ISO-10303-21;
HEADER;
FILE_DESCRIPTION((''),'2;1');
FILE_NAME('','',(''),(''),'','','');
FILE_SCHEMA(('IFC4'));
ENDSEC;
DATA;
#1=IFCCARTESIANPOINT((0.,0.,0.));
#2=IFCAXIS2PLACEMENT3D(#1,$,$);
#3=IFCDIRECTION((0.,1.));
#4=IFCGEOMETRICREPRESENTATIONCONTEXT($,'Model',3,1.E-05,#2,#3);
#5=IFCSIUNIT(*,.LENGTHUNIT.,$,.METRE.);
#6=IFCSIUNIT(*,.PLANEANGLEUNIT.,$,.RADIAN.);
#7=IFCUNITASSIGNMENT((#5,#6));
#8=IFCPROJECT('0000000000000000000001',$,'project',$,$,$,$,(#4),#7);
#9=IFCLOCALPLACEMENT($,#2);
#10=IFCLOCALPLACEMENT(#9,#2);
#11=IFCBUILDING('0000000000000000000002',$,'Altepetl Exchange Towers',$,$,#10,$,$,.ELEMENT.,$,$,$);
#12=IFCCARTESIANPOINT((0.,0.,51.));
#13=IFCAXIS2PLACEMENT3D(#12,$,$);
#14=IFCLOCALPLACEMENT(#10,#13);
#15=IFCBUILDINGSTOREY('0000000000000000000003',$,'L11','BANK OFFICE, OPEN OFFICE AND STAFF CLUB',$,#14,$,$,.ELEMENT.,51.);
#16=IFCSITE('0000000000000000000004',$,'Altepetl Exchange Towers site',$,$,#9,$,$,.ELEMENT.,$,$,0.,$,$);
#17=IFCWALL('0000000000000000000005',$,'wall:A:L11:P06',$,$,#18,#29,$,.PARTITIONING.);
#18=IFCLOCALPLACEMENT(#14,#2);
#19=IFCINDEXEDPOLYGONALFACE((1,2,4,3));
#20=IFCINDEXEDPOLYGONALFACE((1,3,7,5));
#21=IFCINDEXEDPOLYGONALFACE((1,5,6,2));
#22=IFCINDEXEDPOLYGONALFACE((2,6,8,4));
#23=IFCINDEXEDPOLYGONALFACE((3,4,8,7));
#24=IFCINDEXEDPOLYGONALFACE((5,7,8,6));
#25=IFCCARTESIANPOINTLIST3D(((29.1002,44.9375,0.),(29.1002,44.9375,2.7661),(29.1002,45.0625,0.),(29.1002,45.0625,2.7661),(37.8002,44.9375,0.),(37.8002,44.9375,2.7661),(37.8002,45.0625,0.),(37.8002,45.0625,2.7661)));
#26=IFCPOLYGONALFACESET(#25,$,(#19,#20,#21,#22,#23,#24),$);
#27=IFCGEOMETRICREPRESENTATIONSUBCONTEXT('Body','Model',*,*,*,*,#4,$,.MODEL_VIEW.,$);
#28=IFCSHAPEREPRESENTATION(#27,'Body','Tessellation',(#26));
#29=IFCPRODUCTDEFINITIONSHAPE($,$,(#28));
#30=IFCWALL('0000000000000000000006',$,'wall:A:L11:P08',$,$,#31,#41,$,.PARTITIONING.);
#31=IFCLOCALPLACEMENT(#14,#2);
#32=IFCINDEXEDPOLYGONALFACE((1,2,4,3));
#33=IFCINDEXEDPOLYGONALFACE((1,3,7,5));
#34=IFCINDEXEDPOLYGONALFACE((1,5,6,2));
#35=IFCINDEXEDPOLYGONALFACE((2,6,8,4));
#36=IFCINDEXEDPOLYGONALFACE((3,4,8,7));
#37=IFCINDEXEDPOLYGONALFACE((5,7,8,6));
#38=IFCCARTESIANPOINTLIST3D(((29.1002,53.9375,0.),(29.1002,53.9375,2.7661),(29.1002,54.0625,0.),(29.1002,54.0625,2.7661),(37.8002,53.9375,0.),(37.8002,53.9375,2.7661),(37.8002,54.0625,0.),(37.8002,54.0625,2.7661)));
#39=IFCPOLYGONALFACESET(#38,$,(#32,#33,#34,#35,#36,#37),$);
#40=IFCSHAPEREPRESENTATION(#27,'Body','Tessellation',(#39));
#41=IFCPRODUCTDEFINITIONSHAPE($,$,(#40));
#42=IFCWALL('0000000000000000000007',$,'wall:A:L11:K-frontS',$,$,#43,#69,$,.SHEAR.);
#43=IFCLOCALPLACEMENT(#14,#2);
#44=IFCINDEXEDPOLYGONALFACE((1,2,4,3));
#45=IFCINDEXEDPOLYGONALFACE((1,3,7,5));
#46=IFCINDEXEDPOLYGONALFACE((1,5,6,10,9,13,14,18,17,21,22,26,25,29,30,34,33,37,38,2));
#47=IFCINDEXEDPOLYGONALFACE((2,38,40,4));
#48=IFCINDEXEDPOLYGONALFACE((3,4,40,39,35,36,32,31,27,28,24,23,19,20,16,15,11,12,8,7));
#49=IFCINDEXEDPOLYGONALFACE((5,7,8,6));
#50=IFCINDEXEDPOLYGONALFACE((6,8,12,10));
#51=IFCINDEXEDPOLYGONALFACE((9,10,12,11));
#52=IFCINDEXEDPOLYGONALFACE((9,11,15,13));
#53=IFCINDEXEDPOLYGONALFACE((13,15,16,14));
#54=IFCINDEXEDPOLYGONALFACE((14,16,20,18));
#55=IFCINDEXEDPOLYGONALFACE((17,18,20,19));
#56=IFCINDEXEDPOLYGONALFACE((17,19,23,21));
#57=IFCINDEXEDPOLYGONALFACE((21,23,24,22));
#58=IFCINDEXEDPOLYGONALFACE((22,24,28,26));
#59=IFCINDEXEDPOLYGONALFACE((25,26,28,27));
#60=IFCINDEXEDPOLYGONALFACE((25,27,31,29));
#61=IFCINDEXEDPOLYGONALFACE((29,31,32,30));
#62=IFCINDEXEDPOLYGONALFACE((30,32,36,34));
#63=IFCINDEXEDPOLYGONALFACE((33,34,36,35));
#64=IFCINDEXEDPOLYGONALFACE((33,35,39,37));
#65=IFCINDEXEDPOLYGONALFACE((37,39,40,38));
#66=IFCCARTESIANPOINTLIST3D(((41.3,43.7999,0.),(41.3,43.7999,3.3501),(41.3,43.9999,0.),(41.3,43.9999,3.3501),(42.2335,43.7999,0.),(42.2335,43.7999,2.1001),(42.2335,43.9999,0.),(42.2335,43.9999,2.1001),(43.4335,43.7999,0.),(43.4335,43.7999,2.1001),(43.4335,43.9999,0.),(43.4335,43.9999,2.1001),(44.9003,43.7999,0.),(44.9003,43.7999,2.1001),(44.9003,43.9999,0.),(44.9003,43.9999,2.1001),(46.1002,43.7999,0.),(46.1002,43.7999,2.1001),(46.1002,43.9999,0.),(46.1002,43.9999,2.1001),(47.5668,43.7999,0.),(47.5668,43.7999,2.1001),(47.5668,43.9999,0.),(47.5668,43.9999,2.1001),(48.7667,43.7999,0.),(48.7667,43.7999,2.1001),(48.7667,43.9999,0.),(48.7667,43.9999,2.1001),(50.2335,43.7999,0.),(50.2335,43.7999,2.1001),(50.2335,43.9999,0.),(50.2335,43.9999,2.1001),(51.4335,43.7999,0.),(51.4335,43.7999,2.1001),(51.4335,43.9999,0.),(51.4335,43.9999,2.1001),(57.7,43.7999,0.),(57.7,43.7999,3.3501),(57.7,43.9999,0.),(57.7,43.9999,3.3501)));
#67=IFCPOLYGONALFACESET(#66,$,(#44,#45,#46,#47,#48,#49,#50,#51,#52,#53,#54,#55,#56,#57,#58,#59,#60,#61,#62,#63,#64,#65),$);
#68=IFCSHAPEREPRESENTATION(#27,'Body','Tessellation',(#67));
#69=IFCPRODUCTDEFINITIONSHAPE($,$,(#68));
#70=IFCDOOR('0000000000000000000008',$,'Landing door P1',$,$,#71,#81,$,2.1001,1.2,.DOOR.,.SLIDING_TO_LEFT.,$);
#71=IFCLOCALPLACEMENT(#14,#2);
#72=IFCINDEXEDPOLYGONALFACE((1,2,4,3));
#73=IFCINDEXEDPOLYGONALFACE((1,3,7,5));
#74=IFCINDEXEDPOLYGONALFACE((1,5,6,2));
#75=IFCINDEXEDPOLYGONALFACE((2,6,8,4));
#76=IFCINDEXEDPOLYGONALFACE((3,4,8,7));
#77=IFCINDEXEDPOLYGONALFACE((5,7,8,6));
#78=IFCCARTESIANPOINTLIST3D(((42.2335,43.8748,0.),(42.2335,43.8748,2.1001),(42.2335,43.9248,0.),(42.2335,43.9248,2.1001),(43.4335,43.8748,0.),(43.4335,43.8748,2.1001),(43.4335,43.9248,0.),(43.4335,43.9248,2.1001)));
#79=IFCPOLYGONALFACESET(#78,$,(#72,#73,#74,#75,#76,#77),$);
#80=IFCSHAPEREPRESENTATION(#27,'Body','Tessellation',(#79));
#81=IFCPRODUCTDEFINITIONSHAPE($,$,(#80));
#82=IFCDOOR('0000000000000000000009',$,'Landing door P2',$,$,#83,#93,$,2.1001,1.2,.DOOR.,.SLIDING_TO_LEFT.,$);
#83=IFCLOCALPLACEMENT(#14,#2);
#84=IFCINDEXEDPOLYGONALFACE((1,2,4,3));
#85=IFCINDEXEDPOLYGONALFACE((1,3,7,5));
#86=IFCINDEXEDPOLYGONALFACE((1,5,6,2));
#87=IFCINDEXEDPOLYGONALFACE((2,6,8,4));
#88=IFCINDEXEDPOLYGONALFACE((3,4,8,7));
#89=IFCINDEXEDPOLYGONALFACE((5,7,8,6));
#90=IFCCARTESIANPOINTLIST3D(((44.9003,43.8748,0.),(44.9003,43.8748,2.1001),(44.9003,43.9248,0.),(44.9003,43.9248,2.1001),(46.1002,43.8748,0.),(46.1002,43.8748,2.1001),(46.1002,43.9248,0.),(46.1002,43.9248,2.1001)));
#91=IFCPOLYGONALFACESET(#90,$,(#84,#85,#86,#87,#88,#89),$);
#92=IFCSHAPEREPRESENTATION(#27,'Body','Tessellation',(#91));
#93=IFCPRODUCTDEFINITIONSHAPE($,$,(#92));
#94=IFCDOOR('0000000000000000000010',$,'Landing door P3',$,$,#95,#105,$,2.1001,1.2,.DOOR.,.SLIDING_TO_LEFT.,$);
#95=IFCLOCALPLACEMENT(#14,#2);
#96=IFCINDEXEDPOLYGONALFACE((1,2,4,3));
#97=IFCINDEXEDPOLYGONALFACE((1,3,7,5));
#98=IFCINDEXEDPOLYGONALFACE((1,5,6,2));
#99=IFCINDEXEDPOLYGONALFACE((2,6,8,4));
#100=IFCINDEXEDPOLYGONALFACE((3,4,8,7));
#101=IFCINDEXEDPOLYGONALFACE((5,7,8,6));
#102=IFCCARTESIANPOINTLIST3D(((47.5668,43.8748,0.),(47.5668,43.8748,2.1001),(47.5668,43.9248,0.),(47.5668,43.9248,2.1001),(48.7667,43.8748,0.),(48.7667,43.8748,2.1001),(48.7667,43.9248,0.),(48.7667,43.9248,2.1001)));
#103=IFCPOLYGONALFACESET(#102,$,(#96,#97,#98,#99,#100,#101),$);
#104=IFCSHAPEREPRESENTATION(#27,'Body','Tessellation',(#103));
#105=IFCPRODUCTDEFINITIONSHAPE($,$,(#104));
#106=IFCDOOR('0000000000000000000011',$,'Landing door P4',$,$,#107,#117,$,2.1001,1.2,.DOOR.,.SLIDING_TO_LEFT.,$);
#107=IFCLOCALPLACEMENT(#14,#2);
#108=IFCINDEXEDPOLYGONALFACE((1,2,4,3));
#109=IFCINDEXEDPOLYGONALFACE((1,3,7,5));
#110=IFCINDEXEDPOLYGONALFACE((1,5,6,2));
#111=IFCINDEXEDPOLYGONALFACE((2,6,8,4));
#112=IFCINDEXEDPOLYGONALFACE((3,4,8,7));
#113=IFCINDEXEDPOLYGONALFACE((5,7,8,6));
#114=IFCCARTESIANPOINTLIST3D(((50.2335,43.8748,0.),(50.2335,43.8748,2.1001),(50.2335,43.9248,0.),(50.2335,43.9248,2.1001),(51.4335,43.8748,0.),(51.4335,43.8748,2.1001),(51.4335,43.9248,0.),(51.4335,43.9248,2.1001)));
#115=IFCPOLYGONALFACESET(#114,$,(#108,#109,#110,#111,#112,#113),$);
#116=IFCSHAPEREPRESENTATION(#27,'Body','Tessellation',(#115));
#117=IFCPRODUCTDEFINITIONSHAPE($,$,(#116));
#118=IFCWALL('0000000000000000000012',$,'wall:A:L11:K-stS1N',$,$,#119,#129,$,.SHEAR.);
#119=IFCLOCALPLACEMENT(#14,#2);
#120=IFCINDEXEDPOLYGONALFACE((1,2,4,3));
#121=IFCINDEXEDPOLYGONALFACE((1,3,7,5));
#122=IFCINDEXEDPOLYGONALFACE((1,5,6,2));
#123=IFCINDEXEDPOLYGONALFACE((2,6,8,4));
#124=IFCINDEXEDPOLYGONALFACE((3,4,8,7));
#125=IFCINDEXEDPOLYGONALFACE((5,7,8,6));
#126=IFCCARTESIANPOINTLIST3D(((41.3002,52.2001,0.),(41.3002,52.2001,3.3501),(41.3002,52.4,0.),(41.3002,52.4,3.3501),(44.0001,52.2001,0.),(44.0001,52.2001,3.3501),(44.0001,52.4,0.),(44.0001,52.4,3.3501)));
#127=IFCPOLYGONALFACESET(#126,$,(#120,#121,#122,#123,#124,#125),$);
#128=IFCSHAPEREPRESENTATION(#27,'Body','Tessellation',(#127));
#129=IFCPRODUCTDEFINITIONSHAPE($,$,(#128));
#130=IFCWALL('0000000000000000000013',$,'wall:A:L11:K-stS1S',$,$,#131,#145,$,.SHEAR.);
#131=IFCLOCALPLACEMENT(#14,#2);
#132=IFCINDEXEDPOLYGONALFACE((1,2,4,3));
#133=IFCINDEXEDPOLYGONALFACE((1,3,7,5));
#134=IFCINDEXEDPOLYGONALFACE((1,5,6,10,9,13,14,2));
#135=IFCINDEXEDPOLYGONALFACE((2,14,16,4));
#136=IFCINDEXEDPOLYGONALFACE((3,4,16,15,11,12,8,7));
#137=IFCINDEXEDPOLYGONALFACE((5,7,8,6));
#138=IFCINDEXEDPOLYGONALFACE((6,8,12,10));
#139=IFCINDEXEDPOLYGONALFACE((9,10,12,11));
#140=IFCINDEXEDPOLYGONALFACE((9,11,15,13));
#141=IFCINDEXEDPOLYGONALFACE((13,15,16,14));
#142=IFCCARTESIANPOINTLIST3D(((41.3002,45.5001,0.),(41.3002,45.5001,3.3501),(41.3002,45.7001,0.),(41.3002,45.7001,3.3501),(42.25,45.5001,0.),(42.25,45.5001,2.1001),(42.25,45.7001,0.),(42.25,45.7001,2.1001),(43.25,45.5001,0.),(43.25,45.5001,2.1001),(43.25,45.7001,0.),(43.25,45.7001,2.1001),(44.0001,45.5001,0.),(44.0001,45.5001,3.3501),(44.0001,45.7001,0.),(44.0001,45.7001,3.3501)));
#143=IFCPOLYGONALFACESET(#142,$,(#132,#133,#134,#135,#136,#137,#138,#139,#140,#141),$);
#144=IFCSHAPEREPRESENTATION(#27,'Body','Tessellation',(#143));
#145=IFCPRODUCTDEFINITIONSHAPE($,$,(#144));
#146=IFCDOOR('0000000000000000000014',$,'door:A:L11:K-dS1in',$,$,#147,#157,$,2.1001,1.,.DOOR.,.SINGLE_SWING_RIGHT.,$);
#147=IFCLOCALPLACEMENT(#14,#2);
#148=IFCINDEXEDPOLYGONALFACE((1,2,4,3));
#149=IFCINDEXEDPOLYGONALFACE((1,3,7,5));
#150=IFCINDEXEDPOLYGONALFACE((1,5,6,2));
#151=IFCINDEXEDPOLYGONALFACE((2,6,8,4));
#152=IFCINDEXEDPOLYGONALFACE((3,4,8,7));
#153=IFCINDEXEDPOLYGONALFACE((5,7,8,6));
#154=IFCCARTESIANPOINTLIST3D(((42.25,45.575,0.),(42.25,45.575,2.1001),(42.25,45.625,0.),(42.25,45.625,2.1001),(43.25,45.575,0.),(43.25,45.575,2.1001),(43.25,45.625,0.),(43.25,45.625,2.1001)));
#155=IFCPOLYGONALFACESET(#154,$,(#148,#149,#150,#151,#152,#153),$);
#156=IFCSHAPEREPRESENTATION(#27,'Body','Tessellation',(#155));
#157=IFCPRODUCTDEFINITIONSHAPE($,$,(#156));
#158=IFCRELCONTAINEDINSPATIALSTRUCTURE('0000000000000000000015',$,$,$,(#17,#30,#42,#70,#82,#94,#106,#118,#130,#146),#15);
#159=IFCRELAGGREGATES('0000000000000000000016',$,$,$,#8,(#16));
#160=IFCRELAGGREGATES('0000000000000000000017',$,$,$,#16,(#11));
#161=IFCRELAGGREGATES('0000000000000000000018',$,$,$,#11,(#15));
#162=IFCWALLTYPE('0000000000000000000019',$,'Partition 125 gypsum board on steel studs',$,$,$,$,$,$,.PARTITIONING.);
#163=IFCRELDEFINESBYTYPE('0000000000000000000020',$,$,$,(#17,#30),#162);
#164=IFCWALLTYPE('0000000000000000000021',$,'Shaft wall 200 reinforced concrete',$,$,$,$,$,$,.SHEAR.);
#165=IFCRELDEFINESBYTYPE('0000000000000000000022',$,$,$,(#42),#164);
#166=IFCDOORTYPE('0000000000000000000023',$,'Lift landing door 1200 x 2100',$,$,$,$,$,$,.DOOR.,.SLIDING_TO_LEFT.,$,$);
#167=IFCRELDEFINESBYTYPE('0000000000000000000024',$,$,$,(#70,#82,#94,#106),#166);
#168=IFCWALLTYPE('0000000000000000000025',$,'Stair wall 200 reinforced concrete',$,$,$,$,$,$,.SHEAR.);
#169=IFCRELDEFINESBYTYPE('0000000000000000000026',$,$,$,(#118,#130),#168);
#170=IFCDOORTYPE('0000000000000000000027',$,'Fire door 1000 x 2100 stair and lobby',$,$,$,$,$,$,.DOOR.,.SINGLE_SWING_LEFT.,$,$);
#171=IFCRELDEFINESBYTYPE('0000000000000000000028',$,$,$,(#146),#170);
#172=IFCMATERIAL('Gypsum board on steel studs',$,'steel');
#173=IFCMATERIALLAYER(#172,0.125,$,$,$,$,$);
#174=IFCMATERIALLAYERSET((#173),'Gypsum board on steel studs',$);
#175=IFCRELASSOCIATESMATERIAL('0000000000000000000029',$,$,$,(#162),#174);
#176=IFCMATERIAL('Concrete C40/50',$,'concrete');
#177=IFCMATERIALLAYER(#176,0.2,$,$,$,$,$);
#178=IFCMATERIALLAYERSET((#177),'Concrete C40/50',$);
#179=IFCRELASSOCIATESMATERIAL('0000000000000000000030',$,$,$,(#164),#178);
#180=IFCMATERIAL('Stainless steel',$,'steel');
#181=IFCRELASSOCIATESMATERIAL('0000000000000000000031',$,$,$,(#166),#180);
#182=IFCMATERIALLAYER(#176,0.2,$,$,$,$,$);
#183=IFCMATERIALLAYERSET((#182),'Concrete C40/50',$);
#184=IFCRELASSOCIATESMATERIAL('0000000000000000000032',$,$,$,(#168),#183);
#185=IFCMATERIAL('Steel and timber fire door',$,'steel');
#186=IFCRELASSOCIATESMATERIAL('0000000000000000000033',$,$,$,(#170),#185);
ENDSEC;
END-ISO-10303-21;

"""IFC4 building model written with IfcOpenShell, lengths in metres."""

from ifc_helpers import new_model, si_unit, direction, frame, frame_2d, origin, place, context, subcontext, project, spatial, rectangle, extrude, material, layer, layer_set, type_object, element, fill, save


model = new_model("IFC4")

# Units and contexts
model_context = context("Model", 3, precision=1e-05, world=origin(), true_north=direction((0.0, 1.0)))
body_context = subcontext(model_context, "Body", "Model", "MODEL_VIEW")
ifc_project = project(units=[si_unit("LENGTHUNIT", "METRE"), si_unit("PLANEANGLEUNIT", "RADIAN")], contexts=[model_context])

# Site, building, storey
site_placement = place(None, origin())
site = spatial("IfcSite", under=ifc_project, at=site_placement, Name="Altepetl Exchange Towers site", CompositionType="ELEMENT", RefElevation=0.0)
building_placement = place(site_placement, origin())
building = spatial("IfcBuilding", under=site, at=building_placement, Name="Altepetl Exchange Towers", CompositionType="ELEMENT")
storey_placement = place(building_placement, frame((0.0, 0.0, 51.0)))
storey = spatial("IfcBuildingStorey", under=building, at=storey_placement, Name="L11", Description="BANK OFFICE, OPEN OFFICE AND STAFF CLUB", CompositionType="ELEMENT", Elevation=51.0)

# Walls
ifc_material_1 = material(Name="Gypsum board on steel studs", Category="steel")
ifc_layer_1 = layer(ifc_material_1, 0.125)
ifc_layer_set_1 = layer_set([ifc_layer_1], Name="Gypsum board on steel studs")
wall_type_1 = type_object("IfcWallType", Name="Partition 125 gypsum board on steel studs", PredefinedType="PARTITIONING", material=ifc_layer_set_1)
for number, where, name in (
    (1, (29.1001, 45.0, 0.0), "wall:A:L11:P06"),
    (2, (29.1001, 54.0, 0.0), "wall:A:L11:P08"),
):
    element("IfcWall", number, at=place(storey_placement, frame(where)), inside=storey, type_object=wall_type_1, Name=name, PredefinedType="PARTITIONING", context=body_context, shape_type="SweptSolid", body=[
        extrude(rectangle(XDim=8.7, YDim=0.125, at=frame_2d((4.3501, 0.0))), origin(), (0.0, 0.0, 1.0), 2.7661),
    ])

# Wall, openings, doors
ifc_material_2 = material(Name="Concrete C40/50", Category="concrete")
ifc_layer_2 = layer(ifc_material_2, 0.2)
ifc_layer_set_2 = layer_set([ifc_layer_2], Name="Concrete C40/50")
wall_type_2 = type_object("IfcWallType", Name="Shaft wall 200 reinforced concrete", PredefinedType="SHEAR", material=ifc_layer_set_2)
wall_1_placement = place(storey_placement, frame((41.3, 43.8999, 0.0)))
wall_1 = element("IfcWall", 3, at=wall_1_placement, inside=storey, type_object=wall_type_2, Name="wall:A:L11:K-frontS", PredefinedType="SHEAR", context=body_context, shape_type="SweptSolid", body=[
    extrude(rectangle(XDim=16.3999, YDim=0.2, at=frame_2d((8.2, 0.0))), origin(), (0.0, 0.0, 1.0), 3.3501),
])
opening_1_placement = place(wall_1_placement, frame((0.9333, 0.0, 0.0)))
opening_1 = element("IfcOpeningElement", 4, at=opening_1_placement, cuts=wall_1, PredefinedType="OPENING", context=body_context, shape_type="SweptSolid", body=[
    extrude(rectangle(XDim=1.2, YDim=2.1001, at=frame_2d((0.6001, 1.05))), frame((0.0, 0.1099, 0.0), z_axis=(0.0, -1.0, 0.0), x_axis=(1.0, 0.0, 0.0)), (0.0, 0.0, 1.0), 0.22),
])
opening_2_placement = place(wall_1_placement, frame((3.6001, 0.0, 0.0)))
opening_2 = element("IfcOpeningElement", 5, at=opening_2_placement, cuts=wall_1, PredefinedType="OPENING", context=body_context, shape_type="SweptSolid", body=[
    extrude(rectangle(XDim=1.2, YDim=2.1001, at=frame_2d((0.6001, 1.05))), frame((0.0, 0.1099, 0.0), z_axis=(0.0, -1.0, 0.0), x_axis=(1.0, 0.0, 0.0)), (0.0, 0.0, 1.0), 0.22),
])
opening_3_placement = place(wall_1_placement, frame((6.2666, 0.0, 0.0)))
opening_3 = element("IfcOpeningElement", 6, at=opening_3_placement, cuts=wall_1, PredefinedType="OPENING", context=body_context, shape_type="SweptSolid", body=[
    extrude(rectangle(XDim=1.2, YDim=2.1001, at=frame_2d((0.6001, 1.05))), frame((0.0, 0.1099, 0.0), z_axis=(0.0, -1.0, 0.0), x_axis=(1.0, 0.0, 0.0)), (0.0, 0.0, 1.0), 0.22),
])
opening_4_placement = place(wall_1_placement, frame((8.9333, 0.0, 0.0)))
opening_4 = element("IfcOpeningElement", 7, at=opening_4_placement, cuts=wall_1, PredefinedType="OPENING", context=body_context, shape_type="SweptSolid", body=[
    extrude(rectangle(XDim=1.2, YDim=2.1001, at=frame_2d((0.6001, 1.05))), frame((0.0, 0.1099, 0.0), z_axis=(0.0, -1.0, 0.0), x_axis=(1.0, 0.0, 0.0)), (0.0, 0.0, 1.0), 0.22),
])
ifc_material_3 = material(Name="Stainless steel", Category="steel")
door_type_1 = type_object("IfcDoorType", Name="Lift landing door 1200 x 2100", OperationType="SLIDING_TO_LEFT", PredefinedType="DOOR", material=ifc_material_3)
door_1_placement = place(opening_1_placement, origin())
door_1 = element("IfcDoor", 8, at=door_1_placement, inside=storey, type_object=door_type_1, Name="Landing door P1", OperationType="SLIDING_TO_LEFT", OverallHeight=2.1001, OverallWidth=1.2, PredefinedType="DOOR", context=body_context, shape_type="SweptSolid", body=[
    extrude(rectangle(XDim=1.2, YDim=2.1001, at=frame_2d((0.6001, 1.05))), frame((0.0, 0.0249, 0.0), z_axis=(0.0, -1.0, 0.0), x_axis=(1.0, 0.0, 0.0)), (0.0, 0.0, 1.0), 0.05),
])
fill(opening_1, door_1)
door_2_placement = place(opening_2_placement, origin())
door_2 = element("IfcDoor", 9, at=door_2_placement, inside=storey, type_object=door_type_1, Name="Landing door P2", OperationType="SLIDING_TO_LEFT", OverallHeight=2.1001, OverallWidth=1.2, PredefinedType="DOOR", context=body_context, shape_type="SweptSolid", body=[
    extrude(rectangle(XDim=1.2, YDim=2.1001, at=frame_2d((0.6001, 1.05))), frame((0.0, 0.0249, 0.0), z_axis=(0.0, -1.0, 0.0), x_axis=(1.0, 0.0, 0.0)), (0.0, 0.0, 1.0), 0.05),
])
fill(opening_2, door_2)
door_3_placement = place(opening_3_placement, origin())
door_3 = element("IfcDoor", 10, at=door_3_placement, inside=storey, type_object=door_type_1, Name="Landing door P3", OperationType="SLIDING_TO_LEFT", OverallHeight=2.1001, OverallWidth=1.2, PredefinedType="DOOR", context=body_context, shape_type="SweptSolid", body=[
    extrude(rectangle(XDim=1.2, YDim=2.1001, at=frame_2d((0.6001, 1.05))), frame((0.0, 0.0249, 0.0), z_axis=(0.0, -1.0, 0.0), x_axis=(1.0, 0.0, 0.0)), (0.0, 0.0, 1.0), 0.05),
])
fill(opening_3, door_3)
door_4_placement = place(opening_4_placement, origin())
door_4 = element("IfcDoor", 11, at=door_4_placement, inside=storey, type_object=door_type_1, Name="Landing door P4", OperationType="SLIDING_TO_LEFT", OverallHeight=2.1001, OverallWidth=1.2, PredefinedType="DOOR", context=body_context, shape_type="SweptSolid", body=[
    extrude(rectangle(XDim=1.2, YDim=2.1001, at=frame_2d((0.6001, 1.05))), frame((0.0, 0.0249, 0.0), z_axis=(0.0, -1.0, 0.0), x_axis=(1.0, 0.0, 0.0)), (0.0, 0.0, 1.0), 0.05),
])
fill(opening_4, door_4)

# Wall
ifc_layer_3 = layer(ifc_material_2, 0.2)
ifc_layer_set_3 = layer_set([ifc_layer_3], Name="Concrete C40/50")
wall_type_3 = type_object("IfcWallType", Name="Stair wall 200 reinforced concrete", PredefinedType="SHEAR", material=ifc_layer_set_3)
wall_2_placement = place(storey_placement, frame((41.3, 52.3, 0.0)))
element("IfcWall", 12, at=wall_2_placement, inside=storey, type_object=wall_type_3, Name="wall:A:L11:K-stS1N", PredefinedType="SHEAR", context=body_context, shape_type="SweptSolid", body=[
    extrude(rectangle(XDim=2.7, YDim=0.2, at=frame_2d((1.3501, 0.0))), origin(), (0.0, 0.0, 1.0), 3.3501),
])

# Wall, opening, door
wall_3_placement = place(storey_placement, frame((41.3, 45.6001, 0.0)))
wall_3 = element("IfcWall", 13, at=wall_3_placement, inside=storey, type_object=wall_type_3, Name="wall:A:L11:K-stS1S", PredefinedType="SHEAR", context=body_context, shape_type="SweptSolid", body=[
    extrude(rectangle(XDim=2.7, YDim=0.2, at=frame_2d((1.3501, 0.0))), origin(), (0.0, 0.0, 1.0), 3.3501),
])
opening_5_placement = place(wall_3_placement, frame((0.95, 0.0, 0.0)))
opening_5 = element("IfcOpeningElement", 14, at=opening_5_placement, cuts=wall_3, PredefinedType="OPENING", context=body_context, shape_type="SweptSolid", body=[
    extrude(rectangle(XDim=1.0, YDim=2.1001, at=frame_2d((0.5, 1.05))), frame((0.0, 0.1099, 0.0), z_axis=(0.0, -1.0, 0.0), x_axis=(1.0, 0.0, 0.0)), (0.0, 0.0, 1.0), 0.22),
])
ifc_material_4 = material(Name="Steel and timber fire door", Category="steel")
door_type_2 = type_object("IfcDoorType", Name="Fire door 1000 x 2100 stair and lobby", OperationType="SINGLE_SWING_LEFT", PredefinedType="DOOR", material=ifc_material_4)
door_5_placement = place(opening_5_placement, origin())
door_5 = element("IfcDoor", 15, at=door_5_placement, inside=storey, type_object=door_type_2, Name="door:A:L11:K-dS1in", OperationType="SINGLE_SWING_RIGHT", OverallHeight=2.1001, OverallWidth=1.0, PredefinedType="DOOR", context=body_context, shape_type="SweptSolid", body=[
    extrude(rectangle(XDim=1.0, YDim=2.1001, at=frame_2d((0.5, 1.05))), frame((0.0, 0.0249, 0.0), z_axis=(0.0, -1.0, 0.0), x_axis=(1.0, 0.0, 0.0)), (0.0, 0.0, 1.0), 0.05),
])
fill(opening_5, door_5)

save(model, "model.ifc")
